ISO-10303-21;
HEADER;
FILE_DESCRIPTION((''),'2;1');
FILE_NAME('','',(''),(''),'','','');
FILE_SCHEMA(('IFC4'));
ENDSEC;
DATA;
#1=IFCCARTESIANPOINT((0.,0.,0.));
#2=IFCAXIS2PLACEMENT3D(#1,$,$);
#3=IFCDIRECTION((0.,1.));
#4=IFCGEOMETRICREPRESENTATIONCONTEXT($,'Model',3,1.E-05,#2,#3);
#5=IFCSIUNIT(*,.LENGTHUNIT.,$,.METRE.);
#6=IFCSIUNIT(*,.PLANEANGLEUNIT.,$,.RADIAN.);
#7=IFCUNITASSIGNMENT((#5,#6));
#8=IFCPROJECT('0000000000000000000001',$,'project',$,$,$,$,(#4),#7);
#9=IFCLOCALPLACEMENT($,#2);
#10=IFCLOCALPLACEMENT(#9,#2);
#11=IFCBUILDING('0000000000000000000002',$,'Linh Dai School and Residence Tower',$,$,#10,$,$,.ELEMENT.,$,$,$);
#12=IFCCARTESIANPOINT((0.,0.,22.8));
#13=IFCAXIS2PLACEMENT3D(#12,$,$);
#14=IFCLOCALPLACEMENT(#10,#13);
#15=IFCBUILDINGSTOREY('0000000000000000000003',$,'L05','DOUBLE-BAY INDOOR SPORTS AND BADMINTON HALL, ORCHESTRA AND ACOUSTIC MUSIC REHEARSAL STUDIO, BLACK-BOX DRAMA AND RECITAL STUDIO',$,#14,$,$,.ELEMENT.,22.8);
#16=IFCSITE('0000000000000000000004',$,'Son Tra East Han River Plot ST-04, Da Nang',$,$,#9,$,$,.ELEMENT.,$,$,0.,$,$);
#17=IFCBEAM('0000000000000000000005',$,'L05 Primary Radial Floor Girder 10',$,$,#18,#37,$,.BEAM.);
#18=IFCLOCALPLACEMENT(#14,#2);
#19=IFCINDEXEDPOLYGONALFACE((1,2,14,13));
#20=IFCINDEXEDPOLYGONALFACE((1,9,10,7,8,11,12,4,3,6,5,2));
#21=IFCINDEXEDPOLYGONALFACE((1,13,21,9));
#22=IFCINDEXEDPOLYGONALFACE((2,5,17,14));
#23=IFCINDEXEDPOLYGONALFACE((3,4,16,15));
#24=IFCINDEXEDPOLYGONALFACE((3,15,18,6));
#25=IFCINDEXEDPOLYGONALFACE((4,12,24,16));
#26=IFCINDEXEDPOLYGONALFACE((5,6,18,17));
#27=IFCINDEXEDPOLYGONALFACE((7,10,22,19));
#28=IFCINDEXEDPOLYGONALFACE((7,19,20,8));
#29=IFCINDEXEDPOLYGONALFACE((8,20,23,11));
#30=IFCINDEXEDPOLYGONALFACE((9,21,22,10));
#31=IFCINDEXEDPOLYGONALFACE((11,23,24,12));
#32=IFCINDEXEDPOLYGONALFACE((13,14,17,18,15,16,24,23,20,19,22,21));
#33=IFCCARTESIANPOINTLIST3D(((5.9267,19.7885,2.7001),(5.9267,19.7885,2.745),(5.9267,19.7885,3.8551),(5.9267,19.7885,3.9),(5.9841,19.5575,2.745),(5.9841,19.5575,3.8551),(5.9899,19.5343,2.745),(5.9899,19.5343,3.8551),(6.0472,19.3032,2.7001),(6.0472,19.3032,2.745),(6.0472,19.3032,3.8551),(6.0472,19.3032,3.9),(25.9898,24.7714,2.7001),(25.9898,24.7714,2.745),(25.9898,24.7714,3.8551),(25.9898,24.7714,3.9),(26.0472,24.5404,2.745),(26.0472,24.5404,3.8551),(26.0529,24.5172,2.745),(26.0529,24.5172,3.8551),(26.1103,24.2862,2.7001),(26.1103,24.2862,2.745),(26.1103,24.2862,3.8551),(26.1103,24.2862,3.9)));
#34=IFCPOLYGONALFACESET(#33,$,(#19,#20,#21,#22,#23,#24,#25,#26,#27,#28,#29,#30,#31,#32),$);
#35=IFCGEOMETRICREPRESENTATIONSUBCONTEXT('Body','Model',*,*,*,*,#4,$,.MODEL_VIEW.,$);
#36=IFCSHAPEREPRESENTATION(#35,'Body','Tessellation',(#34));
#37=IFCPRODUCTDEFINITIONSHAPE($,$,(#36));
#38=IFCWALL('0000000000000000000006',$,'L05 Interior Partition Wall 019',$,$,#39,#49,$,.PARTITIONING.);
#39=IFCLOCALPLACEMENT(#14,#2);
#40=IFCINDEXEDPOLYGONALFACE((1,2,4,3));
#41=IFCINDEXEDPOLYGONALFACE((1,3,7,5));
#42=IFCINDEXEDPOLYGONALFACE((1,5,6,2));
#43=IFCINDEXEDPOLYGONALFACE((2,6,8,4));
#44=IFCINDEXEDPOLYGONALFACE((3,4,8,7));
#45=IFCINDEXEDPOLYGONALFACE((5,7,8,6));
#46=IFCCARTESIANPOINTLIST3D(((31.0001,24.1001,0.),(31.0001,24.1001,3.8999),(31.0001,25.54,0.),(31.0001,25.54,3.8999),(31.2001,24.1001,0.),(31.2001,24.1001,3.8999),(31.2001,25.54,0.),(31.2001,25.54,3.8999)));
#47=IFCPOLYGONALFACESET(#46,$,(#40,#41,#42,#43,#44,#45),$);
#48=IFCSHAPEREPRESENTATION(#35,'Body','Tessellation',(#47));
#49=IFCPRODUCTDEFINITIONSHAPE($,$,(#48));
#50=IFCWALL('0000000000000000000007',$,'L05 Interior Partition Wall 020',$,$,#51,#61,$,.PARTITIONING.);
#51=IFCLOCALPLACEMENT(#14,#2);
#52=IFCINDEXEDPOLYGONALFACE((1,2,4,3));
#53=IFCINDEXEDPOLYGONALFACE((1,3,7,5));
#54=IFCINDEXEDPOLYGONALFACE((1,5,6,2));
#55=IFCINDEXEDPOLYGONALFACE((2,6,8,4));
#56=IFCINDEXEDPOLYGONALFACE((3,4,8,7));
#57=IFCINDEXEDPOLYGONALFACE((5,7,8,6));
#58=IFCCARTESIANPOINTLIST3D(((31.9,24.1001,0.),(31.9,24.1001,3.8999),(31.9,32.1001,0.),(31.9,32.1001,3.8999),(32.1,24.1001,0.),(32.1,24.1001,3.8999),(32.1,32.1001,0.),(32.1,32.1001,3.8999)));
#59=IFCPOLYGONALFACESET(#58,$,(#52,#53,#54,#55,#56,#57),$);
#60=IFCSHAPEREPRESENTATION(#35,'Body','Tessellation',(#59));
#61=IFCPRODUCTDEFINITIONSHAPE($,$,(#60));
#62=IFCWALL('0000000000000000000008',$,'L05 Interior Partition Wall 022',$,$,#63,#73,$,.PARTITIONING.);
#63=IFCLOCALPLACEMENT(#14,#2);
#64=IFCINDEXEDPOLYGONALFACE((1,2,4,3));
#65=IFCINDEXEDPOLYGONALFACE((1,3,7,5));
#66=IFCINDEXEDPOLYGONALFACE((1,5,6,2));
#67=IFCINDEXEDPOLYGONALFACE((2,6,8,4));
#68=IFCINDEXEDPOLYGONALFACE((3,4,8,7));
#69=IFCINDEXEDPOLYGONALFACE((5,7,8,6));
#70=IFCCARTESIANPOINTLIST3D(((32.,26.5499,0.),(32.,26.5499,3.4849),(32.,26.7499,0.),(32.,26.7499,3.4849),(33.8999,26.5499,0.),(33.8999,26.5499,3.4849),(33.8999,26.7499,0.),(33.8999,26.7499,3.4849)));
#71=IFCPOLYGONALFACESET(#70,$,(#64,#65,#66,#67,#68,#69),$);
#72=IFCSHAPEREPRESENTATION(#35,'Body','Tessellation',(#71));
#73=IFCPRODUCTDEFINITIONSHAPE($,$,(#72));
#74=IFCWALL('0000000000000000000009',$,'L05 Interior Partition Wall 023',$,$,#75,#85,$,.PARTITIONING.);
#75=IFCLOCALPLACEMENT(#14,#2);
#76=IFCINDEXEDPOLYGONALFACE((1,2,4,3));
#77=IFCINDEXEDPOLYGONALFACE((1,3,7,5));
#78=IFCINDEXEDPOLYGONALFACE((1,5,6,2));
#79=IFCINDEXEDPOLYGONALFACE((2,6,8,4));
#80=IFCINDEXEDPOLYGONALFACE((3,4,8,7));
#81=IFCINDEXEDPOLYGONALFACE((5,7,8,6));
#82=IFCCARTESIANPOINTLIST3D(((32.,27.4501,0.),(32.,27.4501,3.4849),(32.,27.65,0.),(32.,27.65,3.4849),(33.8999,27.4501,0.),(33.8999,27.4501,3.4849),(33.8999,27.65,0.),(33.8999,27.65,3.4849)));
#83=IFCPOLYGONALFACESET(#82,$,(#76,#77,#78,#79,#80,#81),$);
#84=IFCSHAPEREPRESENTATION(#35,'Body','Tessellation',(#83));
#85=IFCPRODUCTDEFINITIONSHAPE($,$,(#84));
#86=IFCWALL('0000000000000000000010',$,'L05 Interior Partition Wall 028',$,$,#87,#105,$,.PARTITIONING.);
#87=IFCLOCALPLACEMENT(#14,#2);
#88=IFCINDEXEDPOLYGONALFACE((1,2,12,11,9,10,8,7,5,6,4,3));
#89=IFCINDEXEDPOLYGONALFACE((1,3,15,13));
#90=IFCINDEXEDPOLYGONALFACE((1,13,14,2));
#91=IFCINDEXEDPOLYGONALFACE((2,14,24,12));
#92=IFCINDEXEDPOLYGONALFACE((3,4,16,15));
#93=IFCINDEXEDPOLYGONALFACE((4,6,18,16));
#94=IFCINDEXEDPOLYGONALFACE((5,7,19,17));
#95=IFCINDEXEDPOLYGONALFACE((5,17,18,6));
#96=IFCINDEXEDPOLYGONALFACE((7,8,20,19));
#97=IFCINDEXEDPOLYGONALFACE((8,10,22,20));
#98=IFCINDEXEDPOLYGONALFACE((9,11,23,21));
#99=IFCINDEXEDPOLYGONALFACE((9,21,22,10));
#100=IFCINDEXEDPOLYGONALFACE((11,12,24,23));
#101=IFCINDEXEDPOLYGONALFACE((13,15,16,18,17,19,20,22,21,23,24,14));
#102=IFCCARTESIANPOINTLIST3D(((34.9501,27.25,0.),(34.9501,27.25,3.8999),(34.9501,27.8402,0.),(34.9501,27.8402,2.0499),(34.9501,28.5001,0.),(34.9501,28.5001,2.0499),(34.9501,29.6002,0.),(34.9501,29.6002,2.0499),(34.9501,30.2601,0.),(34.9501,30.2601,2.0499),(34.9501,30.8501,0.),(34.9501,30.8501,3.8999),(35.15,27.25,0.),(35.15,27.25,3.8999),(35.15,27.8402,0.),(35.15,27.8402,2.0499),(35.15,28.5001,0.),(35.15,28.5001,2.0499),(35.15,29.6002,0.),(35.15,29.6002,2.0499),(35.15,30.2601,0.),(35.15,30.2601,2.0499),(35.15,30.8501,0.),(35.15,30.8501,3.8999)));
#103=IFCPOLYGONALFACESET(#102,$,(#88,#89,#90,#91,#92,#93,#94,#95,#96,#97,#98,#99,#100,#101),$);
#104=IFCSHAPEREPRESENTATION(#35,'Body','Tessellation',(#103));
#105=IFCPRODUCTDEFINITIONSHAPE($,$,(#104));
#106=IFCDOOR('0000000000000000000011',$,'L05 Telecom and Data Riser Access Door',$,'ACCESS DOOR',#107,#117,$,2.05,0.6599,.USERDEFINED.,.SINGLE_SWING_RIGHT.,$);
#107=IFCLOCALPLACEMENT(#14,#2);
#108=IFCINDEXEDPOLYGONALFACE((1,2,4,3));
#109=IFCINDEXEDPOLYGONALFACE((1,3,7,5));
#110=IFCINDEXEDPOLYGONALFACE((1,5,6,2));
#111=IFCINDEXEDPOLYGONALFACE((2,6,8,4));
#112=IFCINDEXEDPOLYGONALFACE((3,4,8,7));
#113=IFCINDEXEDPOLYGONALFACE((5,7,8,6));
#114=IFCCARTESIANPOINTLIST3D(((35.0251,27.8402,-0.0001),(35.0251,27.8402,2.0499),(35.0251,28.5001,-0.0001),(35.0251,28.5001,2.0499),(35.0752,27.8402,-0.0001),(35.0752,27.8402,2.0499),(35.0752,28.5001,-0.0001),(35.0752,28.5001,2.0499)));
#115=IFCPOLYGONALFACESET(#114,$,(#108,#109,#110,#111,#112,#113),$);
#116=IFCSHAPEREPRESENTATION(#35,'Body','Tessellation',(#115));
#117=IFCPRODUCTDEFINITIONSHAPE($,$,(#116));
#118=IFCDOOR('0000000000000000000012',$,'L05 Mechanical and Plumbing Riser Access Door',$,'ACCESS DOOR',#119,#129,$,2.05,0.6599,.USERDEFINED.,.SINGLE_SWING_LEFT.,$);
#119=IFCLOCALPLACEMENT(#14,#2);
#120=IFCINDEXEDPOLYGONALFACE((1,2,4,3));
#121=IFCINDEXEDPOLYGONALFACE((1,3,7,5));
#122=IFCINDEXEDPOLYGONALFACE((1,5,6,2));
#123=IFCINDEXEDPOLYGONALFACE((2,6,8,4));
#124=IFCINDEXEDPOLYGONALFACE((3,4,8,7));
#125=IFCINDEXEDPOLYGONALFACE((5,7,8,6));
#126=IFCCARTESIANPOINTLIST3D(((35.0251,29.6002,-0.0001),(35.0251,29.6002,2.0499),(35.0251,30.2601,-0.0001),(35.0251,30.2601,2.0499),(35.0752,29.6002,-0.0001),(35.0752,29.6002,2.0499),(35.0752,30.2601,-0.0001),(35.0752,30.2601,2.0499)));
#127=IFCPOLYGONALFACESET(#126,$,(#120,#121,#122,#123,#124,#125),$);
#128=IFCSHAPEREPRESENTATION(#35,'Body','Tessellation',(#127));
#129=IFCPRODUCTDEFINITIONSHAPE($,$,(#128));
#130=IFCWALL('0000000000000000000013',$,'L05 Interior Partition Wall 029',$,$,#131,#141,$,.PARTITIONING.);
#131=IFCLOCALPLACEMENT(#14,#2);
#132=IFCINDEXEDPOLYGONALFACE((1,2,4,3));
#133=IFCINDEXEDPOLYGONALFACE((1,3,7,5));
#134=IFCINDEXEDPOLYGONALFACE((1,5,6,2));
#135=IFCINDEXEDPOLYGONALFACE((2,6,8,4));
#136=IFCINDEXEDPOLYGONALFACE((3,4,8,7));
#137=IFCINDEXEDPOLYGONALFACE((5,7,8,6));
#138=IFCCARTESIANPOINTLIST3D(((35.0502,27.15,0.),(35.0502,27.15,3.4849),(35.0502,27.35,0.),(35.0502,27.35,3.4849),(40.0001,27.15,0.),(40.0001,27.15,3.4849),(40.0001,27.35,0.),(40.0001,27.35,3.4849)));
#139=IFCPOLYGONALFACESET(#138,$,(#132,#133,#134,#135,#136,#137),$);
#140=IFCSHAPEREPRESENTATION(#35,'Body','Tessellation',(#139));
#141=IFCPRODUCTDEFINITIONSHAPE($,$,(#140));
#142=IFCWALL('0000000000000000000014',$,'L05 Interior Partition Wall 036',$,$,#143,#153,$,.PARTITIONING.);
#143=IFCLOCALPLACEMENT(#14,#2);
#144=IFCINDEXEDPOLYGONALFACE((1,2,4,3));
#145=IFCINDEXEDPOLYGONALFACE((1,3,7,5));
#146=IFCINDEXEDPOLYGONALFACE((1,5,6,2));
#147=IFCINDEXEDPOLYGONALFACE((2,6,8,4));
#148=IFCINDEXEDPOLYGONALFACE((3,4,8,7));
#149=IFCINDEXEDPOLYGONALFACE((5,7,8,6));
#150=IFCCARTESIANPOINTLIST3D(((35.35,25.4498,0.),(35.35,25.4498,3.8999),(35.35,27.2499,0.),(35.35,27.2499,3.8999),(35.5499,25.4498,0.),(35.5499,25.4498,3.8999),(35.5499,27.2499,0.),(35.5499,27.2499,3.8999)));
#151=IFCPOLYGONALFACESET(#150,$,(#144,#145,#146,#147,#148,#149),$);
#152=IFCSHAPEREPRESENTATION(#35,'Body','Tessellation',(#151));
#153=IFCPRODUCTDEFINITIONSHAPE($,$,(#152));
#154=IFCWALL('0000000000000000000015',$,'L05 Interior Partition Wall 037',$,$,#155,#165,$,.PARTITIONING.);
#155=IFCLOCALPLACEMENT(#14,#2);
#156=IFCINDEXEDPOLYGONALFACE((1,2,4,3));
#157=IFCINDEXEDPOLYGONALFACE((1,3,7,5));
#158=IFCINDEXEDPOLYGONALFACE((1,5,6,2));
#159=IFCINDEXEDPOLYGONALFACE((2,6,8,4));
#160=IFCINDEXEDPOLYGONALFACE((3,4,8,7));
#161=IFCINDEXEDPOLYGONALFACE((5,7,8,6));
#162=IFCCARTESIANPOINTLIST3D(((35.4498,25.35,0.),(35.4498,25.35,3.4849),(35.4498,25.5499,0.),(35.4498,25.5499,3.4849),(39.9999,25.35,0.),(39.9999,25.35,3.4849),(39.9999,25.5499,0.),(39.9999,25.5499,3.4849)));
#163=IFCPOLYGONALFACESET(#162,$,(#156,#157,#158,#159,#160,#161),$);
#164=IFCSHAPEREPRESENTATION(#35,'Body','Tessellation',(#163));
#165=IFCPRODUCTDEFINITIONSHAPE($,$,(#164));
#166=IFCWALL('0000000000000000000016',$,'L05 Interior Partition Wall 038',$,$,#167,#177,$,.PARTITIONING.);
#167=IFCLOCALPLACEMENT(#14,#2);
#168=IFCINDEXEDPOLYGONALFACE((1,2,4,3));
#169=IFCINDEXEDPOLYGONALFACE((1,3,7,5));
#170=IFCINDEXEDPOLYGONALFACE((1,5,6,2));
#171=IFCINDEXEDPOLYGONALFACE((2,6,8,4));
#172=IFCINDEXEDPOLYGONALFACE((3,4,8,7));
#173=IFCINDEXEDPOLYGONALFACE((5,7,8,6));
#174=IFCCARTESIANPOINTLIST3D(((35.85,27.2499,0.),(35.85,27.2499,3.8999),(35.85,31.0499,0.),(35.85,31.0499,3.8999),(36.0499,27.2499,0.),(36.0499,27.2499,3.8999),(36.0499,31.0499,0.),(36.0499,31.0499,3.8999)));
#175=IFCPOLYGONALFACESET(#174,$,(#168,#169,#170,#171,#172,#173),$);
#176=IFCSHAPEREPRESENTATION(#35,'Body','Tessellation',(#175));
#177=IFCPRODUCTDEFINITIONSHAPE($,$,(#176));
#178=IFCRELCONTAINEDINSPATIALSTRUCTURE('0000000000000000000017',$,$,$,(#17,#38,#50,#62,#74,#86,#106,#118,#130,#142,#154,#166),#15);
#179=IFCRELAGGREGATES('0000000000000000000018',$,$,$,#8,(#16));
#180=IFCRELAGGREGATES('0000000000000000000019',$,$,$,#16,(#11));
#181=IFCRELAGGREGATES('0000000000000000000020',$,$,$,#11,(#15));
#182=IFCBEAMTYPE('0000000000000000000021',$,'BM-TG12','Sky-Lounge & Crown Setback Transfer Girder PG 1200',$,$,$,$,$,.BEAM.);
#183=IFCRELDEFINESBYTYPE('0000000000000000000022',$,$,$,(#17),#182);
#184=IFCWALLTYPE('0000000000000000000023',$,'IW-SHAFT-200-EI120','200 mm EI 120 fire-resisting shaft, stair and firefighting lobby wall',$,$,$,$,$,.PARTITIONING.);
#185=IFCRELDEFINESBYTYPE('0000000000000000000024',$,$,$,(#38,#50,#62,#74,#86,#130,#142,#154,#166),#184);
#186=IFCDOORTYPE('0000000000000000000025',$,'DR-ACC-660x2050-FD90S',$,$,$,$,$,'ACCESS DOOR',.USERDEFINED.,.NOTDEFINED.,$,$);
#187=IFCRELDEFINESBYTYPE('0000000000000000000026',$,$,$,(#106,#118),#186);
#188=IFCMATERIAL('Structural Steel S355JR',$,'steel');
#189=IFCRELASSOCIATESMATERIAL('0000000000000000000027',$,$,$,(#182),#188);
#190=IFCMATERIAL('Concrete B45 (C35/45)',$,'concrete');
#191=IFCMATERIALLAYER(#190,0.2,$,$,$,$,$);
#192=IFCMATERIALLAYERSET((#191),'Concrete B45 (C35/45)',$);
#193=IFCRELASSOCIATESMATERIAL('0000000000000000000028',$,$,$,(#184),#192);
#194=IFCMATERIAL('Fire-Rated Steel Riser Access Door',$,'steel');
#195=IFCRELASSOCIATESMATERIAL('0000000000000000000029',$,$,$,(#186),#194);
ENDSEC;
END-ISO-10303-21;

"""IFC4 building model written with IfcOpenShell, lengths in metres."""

from ifc_helpers import new_model, si_unit, direction, frame, frame_2d, origin, origin_2d, place, context, subcontext, project, spatial, rectangle, i_section, extrude, source, transform, mapped, material, layer, layer_set, material_profile, profile_set, type_object, element, fill, save


model = new_model("IFC4")

# Units and contexts
model_context = context("Model", 3, precision=1e-05, world=origin(), true_north=direction((0.0, 1.0)))
body_context = subcontext(model_context, "Body", "Model", "MODEL_VIEW")
ifc_project = project(units=[si_unit("LENGTHUNIT", "METRE"), si_unit("PLANEANGLEUNIT", "RADIAN")], contexts=[model_context])

# Site, building, storey
site_placement = place(None, origin())
site = spatial("IfcSite", under=ifc_project, at=site_placement, Name="Son Tra East Han River Plot ST-04, Da Nang", CompositionType="ELEMENT", RefElevation=0.0)
building_placement = place(site_placement, origin())
building = spatial("IfcBuilding", under=site, at=building_placement, Name="Linh Dai School and Residence Tower", CompositionType="ELEMENT")
storey_placement = place(building_placement, frame((0.0, 0.0, 22.8)))
storey = spatial("IfcBuildingStorey", under=building, at=storey_placement, Name="L05", Description="DOUBLE-BAY INDOOR SPORTS AND BADMINTON HALL, ORCHESTRA AND ACOUSTIC MUSIC REHEARSAL STUDIO, BLACK-BOX DRAMA AND RECITAL STUDIO", CompositionType="ELEMENT", Elevation=22.8)

# Shared definitions
ifc_material_1 = material(Name="Structural Steel S355JR", Category="steel")

# Beam
ifc_material_profile_1 = material_profile(ifc_material_1, i_section(OverallWidth=0.5, OverallDepth=1.2, WebThickness=0.0239, FlangeThickness=0.0449, at=origin_2d()), Name="PG 1200x500x24x45")
ifc_profile_set_1 = profile_set([ifc_material_profile_1], Name="Structural Steel S355JR")
beam_type = type_object("IfcBeamType", Name="BM-TG12", Description="Sky-Lounge & Crown Setback Transfer Girder PG 1200", PredefinedType="BEAM", material=ifc_profile_set_1)
beam_1_placement = place(storey_placement, frame((26.05, 24.5288, 3.3), z_axis=(-0.970515, -0.24104, 0.0), x_axis=(0.24104, -0.970515, 0.0)))
element("IfcBeam", 1, at=beam_1_placement, inside=storey, type_object=beam_type, Name="L05 Primary Radial Floor Girder 10", PredefinedType="BEAM", context=body_context, shape_type="SweptSolid", body=[
    extrude(i_section(OverallWidth=0.5, OverallDepth=1.2, WebThickness=0.0239, FlangeThickness=0.0449, at=origin_2d()), origin(), (0.0, 0.0, 1.0), 20.6726),
])

# Walls
ifc_material_2 = material(Name="Concrete B45 (C35/45)", Category="concrete")
ifc_layer_1 = layer(ifc_material_2, 0.2)
ifc_layer_set_1 = layer_set([ifc_layer_1], Name="Concrete B45 (C35/45)")
wall_type_1 = type_object("IfcWallType", Name="IW-SHAFT-200-EI120", Description="200 mm EI 120 fire-resisting shaft, stair and firefighting lobby wall", PredefinedType="PARTITIONING", material=ifc_layer_set_1)
wall_1_placement = place(storey_placement, frame((31.1001, 24.1001, 0.0), z_axis=(0.0, 0.0, 1.0), x_axis=(0.0, 1.0, 0.0)))
element("IfcWall", 2, at=wall_1_placement, inside=storey, type_object=wall_type_1, Name="L05 Interior Partition Wall 019", PredefinedType="PARTITIONING", context=body_context, shape_type="SweptSolid", body=[
    extrude(rectangle(XDim=1.4399, YDim=0.2, at=frame_2d((0.72, 0.0))), origin(), (0.0, 0.0, 1.0), 3.8999),
])
wall_2_placement = place(storey_placement, frame((32.0, 24.1001, 0.0), z_axis=(0.0, 0.0, 1.0), x_axis=(0.0, 1.0, 0.0)))
element("IfcWall", 3, at=wall_2_placement, inside=storey, type_object=wall_type_1, Name="L05 Interior Partition Wall 020", PredefinedType="PARTITIONING", context=body_context, shape_type="SweptSolid", body=[
    extrude(rectangle(XDim=8.0, YDim=0.2, at=frame_2d((4.0, 0.0))), origin(), (0.0, 0.0, 1.0), 3.8999),
])

# Walls
for number, where, z_axis, x_axis, name in (
    (4, (32.0, 26.6499, 0.0), (0.0, 0.0, 1.0), (1.0, 0.0, 0.0), "L05 Interior Partition Wall 022"),
    (5, (32.0, 27.55, 0.0), (0.0, 0.0, 1.0), (1.0, 0.0, 0.0), "L05 Interior Partition Wall 023"),
):
    element("IfcWall", number, at=place(storey_placement, frame(where, z_axis=z_axis, x_axis=x_axis)), inside=storey, type_object=wall_type_1, Name=name, PredefinedType="PARTITIONING", context=body_context, shape_type="SweptSolid", body=[
        extrude(rectangle(XDim=1.8999, YDim=0.2, at=frame_2d((0.95, 0.0))), origin(), (0.0, 0.0, 1.0), 3.4849),
    ])

# Wall, openings, doors
wall_3_placement = place(storey_placement, frame((35.05, 27.25, 0.0), z_axis=(0.0, 0.0, 1.0), x_axis=(0.0, 1.0, 0.0)))
wall_3 = element("IfcWall", 6, at=wall_3_placement, inside=storey, type_object=wall_type_1, Name="L05 Interior Partition Wall 028", PredefinedType="PARTITIONING", context=body_context, shape_type="SweptSolid", body=[
    extrude(rectangle(XDim=3.6001, YDim=0.2, at=frame_2d((1.8, 0.0))), origin(), (0.0, 0.0, 1.0), 3.8999),
])
opening_1_placement = place(wall_3_placement, frame((0.5901, 0.0, 0.0)))
opening_1 = element("IfcOpeningElement", 7, at=opening_1_placement, cuts=wall_3, PredefinedType="OPENING", context=body_context, shape_type="SweptSolid", body=[
    extrude(rectangle(XDim=0.6599, YDim=2.05, at=origin_2d()), frame((0.3301, 0.1099, 1.0249), z_axis=(0.0, -1.0, 0.0), x_axis=(1.0, 0.0, 0.0)), (0.0, 0.0, 1.0), 0.22),
])
opening_2_placement = place(wall_3_placement, frame((2.3501, 0.0, 0.0)))
opening_2 = element("IfcOpeningElement", 8, at=opening_2_placement, cuts=wall_3, PredefinedType="OPENING", context=body_context, shape_type="SweptSolid", body=[
    extrude(rectangle(XDim=0.6599, YDim=2.05, at=origin_2d()), frame((0.3301, 0.1099, 1.0249), z_axis=(0.0, -1.0, 0.0), x_axis=(1.0, 0.0, 0.0)), (0.0, 0.0, 1.0), 0.22),
])
ifc_material_3 = material(Name="Fire-Rated Steel Riser Access Door", Category="steel")
door_type_1 = type_object("IfcDoorType", Name="DR-ACC-660x2050-FD90S", ElementType="ACCESS DOOR", OperationType="NOTDEFINED", PredefinedType="USERDEFINED", material=ifc_material_3)
shared_shape_1 = source(origin(), body_context, "Body", "SweptSolid", [
    extrude(rectangle(XDim=0.6599, YDim=2.05, at=origin_2d()), frame((0.3301, 0.0249, 1.0249), z_axis=(0.0, -1.0, 0.0), x_axis=(1.0, 0.0, 0.0)), (0.0, 0.0, 1.0), 0.05),
])
door_1_placement = place(opening_1_placement, origin())
door_1 = element("IfcDoor", 9, at=door_1_placement, inside=storey, type_object=door_type_1, Name="L05 Telecom and Data Riser Access Door", ObjectType="ACCESS DOOR", OperationType="SINGLE_SWING_RIGHT", OverallHeight=2.05, OverallWidth=0.6599, PredefinedType="USERDEFINED", context=body_context, shape_type="MappedRepresentation", body=[
    mapped(shared_shape_1, transform((0.0, 0.0, 0.0), x_axis=(1.0, 0.0, 0.0), y_axis=(0.0, 1.0, 0.0), z_axis=(0.0, 0.0, 1.0), scale=1.0)),
])
fill(opening_1, door_1)
door_2_placement = place(opening_2_placement, origin())
door_2 = element("IfcDoor", 10, at=door_2_placement, inside=storey, type_object=door_type_1, Name="L05 Mechanical and Plumbing Riser Access Door", ObjectType="ACCESS DOOR", OperationType="SINGLE_SWING_LEFT", OverallHeight=2.05, OverallWidth=0.6599, PredefinedType="USERDEFINED", context=body_context, shape_type="MappedRepresentation", body=[
    mapped(shared_shape_1, transform((0.0, 0.0, 0.0), x_axis=(1.0, 0.0, 0.0), y_axis=(0.0, 1.0, 0.0), z_axis=(0.0, 0.0, 1.0), scale=1.0)),
])
fill(opening_2, door_2)

# Walls
wall_4_placement = place(storey_placement, frame((35.05, 27.25, 0.0), z_axis=(0.0, 0.0, 1.0), x_axis=(1.0, 0.0, 0.0)))
element("IfcWall", 11, at=wall_4_placement, inside=storey, type_object=wall_type_1, Name="L05 Interior Partition Wall 029", PredefinedType="PARTITIONING", context=body_context, shape_type="SweptSolid", body=[
    extrude(rectangle(XDim=4.95, YDim=0.2, at=frame_2d((2.4751, 0.0))), origin(), (0.0, 0.0, 1.0), 3.4849),
])
wall_5_placement = place(storey_placement, frame((35.45, 25.45, 0.0), z_axis=(0.0, 0.0, 1.0), x_axis=(0.0, 1.0, 0.0)))
element("IfcWall", 12, at=wall_5_placement, inside=storey, type_object=wall_type_1, Name="L05 Interior Partition Wall 036", PredefinedType="PARTITIONING", context=body_context, shape_type="SweptSolid", body=[
    extrude(rectangle(XDim=1.8, YDim=0.2, at=frame_2d((0.8999, 0.0))), origin(), (0.0, 0.0, 1.0), 3.8999),
])
wall_6_placement = place(storey_placement, frame((35.45, 25.45, 0.0), z_axis=(0.0, 0.0, 1.0), x_axis=(1.0, 0.0, 0.0)))
element("IfcWall", 13, at=wall_6_placement, inside=storey, type_object=wall_type_1, Name="L05 Interior Partition Wall 037", PredefinedType="PARTITIONING", context=body_context, shape_type="SweptSolid", body=[
    extrude(rectangle(XDim=4.55, YDim=0.2, at=frame_2d((2.2749, 0.0))), origin(), (0.0, 0.0, 1.0), 3.4849),
])
wall_7_placement = place(storey_placement, frame((35.95, 27.25, 0.0), z_axis=(0.0, 0.0, 1.0), x_axis=(0.0, 1.0, 0.0)))
element("IfcWall", 14, at=wall_7_placement, inside=storey, type_object=wall_type_1, Name="L05 Interior Partition Wall 038", PredefinedType="PARTITIONING", context=body_context, shape_type="SweptSolid", body=[
    extrude(rectangle(XDim=3.8, YDim=0.2, at=frame_2d((1.8999, 0.0))), origin(), (0.0, 0.0, 1.0), 3.8999),
])

save(model, "model.ifc")
